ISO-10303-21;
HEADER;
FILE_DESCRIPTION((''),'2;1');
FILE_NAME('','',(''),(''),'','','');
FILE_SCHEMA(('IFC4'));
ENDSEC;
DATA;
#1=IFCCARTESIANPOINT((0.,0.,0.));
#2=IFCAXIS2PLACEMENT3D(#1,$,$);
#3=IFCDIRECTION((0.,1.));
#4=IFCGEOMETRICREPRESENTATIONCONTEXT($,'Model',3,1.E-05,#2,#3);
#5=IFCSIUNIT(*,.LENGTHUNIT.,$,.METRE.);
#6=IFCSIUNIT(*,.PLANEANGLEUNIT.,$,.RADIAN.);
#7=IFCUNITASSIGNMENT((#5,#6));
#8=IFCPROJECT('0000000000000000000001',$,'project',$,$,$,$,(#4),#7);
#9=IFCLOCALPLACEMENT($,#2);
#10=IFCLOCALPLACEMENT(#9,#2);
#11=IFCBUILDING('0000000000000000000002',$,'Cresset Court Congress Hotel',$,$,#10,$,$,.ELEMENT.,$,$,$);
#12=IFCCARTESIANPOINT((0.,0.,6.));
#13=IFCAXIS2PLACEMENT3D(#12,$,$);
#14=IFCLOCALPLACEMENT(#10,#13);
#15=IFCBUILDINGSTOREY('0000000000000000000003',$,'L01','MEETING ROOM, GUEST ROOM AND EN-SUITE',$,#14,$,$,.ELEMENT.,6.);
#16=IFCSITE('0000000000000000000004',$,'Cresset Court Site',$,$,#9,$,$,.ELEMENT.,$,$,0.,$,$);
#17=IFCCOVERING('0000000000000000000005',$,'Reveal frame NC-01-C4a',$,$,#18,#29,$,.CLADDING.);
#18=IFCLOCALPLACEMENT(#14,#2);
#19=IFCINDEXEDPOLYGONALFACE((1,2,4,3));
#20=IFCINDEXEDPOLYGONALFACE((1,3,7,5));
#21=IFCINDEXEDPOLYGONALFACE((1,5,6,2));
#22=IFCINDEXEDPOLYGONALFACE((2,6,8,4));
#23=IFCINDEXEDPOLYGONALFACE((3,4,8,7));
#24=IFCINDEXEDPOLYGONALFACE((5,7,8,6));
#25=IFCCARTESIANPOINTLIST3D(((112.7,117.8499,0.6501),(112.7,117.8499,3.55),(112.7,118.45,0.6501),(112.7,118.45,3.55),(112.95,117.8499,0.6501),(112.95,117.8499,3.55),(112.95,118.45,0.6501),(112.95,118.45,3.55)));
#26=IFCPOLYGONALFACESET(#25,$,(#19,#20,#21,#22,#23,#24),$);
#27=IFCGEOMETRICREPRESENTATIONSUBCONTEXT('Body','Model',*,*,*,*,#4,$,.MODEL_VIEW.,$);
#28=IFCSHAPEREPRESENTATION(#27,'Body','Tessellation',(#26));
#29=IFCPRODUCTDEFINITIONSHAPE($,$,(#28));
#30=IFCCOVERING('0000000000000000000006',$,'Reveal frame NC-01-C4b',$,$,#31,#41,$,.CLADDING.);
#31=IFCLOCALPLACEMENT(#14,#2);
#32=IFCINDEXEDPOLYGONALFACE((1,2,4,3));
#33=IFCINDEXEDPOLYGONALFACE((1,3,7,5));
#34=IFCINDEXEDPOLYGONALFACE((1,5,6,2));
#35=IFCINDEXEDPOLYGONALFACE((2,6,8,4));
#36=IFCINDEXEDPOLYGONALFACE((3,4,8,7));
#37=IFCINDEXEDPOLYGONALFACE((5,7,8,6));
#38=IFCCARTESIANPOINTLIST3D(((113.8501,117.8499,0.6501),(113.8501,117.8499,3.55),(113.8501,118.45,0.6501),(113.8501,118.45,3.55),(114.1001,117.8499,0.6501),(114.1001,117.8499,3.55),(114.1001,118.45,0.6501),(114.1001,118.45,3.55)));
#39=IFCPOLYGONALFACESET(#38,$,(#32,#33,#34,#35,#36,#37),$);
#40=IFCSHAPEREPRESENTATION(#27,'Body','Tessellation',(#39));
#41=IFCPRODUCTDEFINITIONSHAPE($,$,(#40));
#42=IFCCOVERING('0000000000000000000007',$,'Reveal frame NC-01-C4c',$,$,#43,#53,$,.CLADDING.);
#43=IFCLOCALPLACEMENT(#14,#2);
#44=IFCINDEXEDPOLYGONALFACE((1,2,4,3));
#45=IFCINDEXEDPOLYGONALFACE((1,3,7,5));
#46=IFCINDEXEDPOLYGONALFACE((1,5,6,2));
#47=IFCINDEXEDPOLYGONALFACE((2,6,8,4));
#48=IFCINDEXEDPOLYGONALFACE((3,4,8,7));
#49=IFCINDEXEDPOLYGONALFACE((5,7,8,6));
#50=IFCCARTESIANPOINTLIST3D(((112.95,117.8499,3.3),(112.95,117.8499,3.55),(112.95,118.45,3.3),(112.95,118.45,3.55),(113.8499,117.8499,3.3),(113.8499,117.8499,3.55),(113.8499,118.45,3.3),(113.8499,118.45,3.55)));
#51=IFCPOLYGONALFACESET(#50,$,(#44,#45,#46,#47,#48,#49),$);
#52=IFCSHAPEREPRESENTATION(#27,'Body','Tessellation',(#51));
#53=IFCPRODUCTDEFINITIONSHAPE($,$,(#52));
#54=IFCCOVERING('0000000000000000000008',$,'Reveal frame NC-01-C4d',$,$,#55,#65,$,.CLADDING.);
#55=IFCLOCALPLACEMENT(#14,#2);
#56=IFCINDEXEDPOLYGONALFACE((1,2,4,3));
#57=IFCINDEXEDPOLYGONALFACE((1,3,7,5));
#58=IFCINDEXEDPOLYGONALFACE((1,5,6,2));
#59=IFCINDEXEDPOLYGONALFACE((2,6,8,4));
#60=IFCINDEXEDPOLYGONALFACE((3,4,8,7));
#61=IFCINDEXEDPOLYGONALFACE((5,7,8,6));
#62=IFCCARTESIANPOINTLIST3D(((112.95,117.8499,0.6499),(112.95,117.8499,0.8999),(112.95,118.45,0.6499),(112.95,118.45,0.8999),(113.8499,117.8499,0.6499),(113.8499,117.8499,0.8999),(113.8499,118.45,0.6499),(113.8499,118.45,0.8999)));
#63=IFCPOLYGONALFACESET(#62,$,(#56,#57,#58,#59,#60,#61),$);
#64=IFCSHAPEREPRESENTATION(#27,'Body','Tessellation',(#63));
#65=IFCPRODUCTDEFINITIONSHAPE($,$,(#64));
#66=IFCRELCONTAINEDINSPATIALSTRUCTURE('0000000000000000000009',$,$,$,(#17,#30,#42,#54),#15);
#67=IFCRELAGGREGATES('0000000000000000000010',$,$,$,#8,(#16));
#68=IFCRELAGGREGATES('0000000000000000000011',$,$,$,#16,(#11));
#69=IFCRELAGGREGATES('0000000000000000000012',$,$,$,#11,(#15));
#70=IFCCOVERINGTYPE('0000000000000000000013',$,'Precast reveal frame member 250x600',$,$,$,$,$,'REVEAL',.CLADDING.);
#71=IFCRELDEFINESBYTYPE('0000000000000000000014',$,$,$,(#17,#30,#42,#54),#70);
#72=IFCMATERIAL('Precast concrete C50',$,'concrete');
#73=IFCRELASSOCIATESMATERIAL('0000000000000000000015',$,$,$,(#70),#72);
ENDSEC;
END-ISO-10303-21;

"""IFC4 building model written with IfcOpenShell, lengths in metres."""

from ifc_helpers import new_model, si_unit, direction, frame, origin, origin_2d, place, context, subcontext, project, spatial, rectangle, extrude, material, type_object, element, save


model = new_model("IFC4")

# Units and contexts
model_context = context("Model", 3, precision=1e-05, world=origin(), true_north=direction((0.0, 1.0)))
body_context = subcontext(model_context, "Body", "Model", "MODEL_VIEW")
ifc_project = project(units=[si_unit("LENGTHUNIT", "METRE"), si_unit("PLANEANGLEUNIT", "RADIAN")], contexts=[model_context])

# Site, building, storey
site_placement = place(None, origin())
site = spatial("IfcSite", under=ifc_project, at=site_placement, Name="Cresset Court Site", CompositionType="ELEMENT", RefElevation=0.0)
building_placement = place(site_placement, origin())
building = spatial("IfcBuilding", under=site, at=building_placement, Name="Cresset Court Congress Hotel", CompositionType="ELEMENT")
storey_placement = place(building_placement, frame((0.0, 0.0, 6.0)))
storey = spatial("IfcBuildingStorey", under=building, at=storey_placement, Name="L01", Description="MEETING ROOM, GUEST ROOM AND EN-SUITE", CompositionType="ELEMENT", Elevation=6.0)

# Coverings
ifc_material_1 = material(Name="Precast concrete C50", Category="concrete")
covering_type = type_object("IfcCoveringType", Name="Precast reveal frame member 250x600", ElementType="REVEAL", PredefinedType="CLADDING", material=ifc_material_1)
for number, where, z_axis, x_axis, name in (
    (1, (112.825, 118.1499, 0.6501), (0.0, 0.0, 1.0), (1.0, 0.0, 0.0), "Reveal frame NC-01-C4a"),
    (2, (113.9751, 118.1499, 0.6501), (0.0, 0.0, 1.0), (1.0, 0.0, 0.0), "Reveal frame NC-01-C4b"),
):
    element("IfcCovering", number, at=place(storey_placement, frame(where, z_axis=z_axis, x_axis=x_axis)), inside=storey, type_object=covering_type, Name=name, PredefinedType="CLADDING", context=body_context, shape_type="SweptSolid", body=[
        extrude(rectangle(XDim=0.25, YDim=0.6001, at=origin_2d()), origin(), (0.0, 0.0, 1.0), 2.8999),
    ])
for number, where, z_axis, x_axis, name in (
    (3, (113.3999, 118.1499, 3.3), (0.0, 0.0, 1.0), (1.0, 0.0, 0.0), "Reveal frame NC-01-C4c"),
    (4, (113.3999, 118.1499, 0.6499), (0.0, 0.0, 1.0), (1.0, 0.0, 0.0), "Reveal frame NC-01-C4d"),
):
    element("IfcCovering", number, at=place(storey_placement, frame(where, z_axis=z_axis, x_axis=x_axis)), inside=storey, type_object=covering_type, Name=name, PredefinedType="CLADDING", context=body_context, shape_type="SweptSolid", body=[
        extrude(rectangle(XDim=0.8999, YDim=0.6001, at=origin_2d()), origin(), (0.0, 0.0, 1.0), 0.25),
    ])

save(model, "model.ifc")
